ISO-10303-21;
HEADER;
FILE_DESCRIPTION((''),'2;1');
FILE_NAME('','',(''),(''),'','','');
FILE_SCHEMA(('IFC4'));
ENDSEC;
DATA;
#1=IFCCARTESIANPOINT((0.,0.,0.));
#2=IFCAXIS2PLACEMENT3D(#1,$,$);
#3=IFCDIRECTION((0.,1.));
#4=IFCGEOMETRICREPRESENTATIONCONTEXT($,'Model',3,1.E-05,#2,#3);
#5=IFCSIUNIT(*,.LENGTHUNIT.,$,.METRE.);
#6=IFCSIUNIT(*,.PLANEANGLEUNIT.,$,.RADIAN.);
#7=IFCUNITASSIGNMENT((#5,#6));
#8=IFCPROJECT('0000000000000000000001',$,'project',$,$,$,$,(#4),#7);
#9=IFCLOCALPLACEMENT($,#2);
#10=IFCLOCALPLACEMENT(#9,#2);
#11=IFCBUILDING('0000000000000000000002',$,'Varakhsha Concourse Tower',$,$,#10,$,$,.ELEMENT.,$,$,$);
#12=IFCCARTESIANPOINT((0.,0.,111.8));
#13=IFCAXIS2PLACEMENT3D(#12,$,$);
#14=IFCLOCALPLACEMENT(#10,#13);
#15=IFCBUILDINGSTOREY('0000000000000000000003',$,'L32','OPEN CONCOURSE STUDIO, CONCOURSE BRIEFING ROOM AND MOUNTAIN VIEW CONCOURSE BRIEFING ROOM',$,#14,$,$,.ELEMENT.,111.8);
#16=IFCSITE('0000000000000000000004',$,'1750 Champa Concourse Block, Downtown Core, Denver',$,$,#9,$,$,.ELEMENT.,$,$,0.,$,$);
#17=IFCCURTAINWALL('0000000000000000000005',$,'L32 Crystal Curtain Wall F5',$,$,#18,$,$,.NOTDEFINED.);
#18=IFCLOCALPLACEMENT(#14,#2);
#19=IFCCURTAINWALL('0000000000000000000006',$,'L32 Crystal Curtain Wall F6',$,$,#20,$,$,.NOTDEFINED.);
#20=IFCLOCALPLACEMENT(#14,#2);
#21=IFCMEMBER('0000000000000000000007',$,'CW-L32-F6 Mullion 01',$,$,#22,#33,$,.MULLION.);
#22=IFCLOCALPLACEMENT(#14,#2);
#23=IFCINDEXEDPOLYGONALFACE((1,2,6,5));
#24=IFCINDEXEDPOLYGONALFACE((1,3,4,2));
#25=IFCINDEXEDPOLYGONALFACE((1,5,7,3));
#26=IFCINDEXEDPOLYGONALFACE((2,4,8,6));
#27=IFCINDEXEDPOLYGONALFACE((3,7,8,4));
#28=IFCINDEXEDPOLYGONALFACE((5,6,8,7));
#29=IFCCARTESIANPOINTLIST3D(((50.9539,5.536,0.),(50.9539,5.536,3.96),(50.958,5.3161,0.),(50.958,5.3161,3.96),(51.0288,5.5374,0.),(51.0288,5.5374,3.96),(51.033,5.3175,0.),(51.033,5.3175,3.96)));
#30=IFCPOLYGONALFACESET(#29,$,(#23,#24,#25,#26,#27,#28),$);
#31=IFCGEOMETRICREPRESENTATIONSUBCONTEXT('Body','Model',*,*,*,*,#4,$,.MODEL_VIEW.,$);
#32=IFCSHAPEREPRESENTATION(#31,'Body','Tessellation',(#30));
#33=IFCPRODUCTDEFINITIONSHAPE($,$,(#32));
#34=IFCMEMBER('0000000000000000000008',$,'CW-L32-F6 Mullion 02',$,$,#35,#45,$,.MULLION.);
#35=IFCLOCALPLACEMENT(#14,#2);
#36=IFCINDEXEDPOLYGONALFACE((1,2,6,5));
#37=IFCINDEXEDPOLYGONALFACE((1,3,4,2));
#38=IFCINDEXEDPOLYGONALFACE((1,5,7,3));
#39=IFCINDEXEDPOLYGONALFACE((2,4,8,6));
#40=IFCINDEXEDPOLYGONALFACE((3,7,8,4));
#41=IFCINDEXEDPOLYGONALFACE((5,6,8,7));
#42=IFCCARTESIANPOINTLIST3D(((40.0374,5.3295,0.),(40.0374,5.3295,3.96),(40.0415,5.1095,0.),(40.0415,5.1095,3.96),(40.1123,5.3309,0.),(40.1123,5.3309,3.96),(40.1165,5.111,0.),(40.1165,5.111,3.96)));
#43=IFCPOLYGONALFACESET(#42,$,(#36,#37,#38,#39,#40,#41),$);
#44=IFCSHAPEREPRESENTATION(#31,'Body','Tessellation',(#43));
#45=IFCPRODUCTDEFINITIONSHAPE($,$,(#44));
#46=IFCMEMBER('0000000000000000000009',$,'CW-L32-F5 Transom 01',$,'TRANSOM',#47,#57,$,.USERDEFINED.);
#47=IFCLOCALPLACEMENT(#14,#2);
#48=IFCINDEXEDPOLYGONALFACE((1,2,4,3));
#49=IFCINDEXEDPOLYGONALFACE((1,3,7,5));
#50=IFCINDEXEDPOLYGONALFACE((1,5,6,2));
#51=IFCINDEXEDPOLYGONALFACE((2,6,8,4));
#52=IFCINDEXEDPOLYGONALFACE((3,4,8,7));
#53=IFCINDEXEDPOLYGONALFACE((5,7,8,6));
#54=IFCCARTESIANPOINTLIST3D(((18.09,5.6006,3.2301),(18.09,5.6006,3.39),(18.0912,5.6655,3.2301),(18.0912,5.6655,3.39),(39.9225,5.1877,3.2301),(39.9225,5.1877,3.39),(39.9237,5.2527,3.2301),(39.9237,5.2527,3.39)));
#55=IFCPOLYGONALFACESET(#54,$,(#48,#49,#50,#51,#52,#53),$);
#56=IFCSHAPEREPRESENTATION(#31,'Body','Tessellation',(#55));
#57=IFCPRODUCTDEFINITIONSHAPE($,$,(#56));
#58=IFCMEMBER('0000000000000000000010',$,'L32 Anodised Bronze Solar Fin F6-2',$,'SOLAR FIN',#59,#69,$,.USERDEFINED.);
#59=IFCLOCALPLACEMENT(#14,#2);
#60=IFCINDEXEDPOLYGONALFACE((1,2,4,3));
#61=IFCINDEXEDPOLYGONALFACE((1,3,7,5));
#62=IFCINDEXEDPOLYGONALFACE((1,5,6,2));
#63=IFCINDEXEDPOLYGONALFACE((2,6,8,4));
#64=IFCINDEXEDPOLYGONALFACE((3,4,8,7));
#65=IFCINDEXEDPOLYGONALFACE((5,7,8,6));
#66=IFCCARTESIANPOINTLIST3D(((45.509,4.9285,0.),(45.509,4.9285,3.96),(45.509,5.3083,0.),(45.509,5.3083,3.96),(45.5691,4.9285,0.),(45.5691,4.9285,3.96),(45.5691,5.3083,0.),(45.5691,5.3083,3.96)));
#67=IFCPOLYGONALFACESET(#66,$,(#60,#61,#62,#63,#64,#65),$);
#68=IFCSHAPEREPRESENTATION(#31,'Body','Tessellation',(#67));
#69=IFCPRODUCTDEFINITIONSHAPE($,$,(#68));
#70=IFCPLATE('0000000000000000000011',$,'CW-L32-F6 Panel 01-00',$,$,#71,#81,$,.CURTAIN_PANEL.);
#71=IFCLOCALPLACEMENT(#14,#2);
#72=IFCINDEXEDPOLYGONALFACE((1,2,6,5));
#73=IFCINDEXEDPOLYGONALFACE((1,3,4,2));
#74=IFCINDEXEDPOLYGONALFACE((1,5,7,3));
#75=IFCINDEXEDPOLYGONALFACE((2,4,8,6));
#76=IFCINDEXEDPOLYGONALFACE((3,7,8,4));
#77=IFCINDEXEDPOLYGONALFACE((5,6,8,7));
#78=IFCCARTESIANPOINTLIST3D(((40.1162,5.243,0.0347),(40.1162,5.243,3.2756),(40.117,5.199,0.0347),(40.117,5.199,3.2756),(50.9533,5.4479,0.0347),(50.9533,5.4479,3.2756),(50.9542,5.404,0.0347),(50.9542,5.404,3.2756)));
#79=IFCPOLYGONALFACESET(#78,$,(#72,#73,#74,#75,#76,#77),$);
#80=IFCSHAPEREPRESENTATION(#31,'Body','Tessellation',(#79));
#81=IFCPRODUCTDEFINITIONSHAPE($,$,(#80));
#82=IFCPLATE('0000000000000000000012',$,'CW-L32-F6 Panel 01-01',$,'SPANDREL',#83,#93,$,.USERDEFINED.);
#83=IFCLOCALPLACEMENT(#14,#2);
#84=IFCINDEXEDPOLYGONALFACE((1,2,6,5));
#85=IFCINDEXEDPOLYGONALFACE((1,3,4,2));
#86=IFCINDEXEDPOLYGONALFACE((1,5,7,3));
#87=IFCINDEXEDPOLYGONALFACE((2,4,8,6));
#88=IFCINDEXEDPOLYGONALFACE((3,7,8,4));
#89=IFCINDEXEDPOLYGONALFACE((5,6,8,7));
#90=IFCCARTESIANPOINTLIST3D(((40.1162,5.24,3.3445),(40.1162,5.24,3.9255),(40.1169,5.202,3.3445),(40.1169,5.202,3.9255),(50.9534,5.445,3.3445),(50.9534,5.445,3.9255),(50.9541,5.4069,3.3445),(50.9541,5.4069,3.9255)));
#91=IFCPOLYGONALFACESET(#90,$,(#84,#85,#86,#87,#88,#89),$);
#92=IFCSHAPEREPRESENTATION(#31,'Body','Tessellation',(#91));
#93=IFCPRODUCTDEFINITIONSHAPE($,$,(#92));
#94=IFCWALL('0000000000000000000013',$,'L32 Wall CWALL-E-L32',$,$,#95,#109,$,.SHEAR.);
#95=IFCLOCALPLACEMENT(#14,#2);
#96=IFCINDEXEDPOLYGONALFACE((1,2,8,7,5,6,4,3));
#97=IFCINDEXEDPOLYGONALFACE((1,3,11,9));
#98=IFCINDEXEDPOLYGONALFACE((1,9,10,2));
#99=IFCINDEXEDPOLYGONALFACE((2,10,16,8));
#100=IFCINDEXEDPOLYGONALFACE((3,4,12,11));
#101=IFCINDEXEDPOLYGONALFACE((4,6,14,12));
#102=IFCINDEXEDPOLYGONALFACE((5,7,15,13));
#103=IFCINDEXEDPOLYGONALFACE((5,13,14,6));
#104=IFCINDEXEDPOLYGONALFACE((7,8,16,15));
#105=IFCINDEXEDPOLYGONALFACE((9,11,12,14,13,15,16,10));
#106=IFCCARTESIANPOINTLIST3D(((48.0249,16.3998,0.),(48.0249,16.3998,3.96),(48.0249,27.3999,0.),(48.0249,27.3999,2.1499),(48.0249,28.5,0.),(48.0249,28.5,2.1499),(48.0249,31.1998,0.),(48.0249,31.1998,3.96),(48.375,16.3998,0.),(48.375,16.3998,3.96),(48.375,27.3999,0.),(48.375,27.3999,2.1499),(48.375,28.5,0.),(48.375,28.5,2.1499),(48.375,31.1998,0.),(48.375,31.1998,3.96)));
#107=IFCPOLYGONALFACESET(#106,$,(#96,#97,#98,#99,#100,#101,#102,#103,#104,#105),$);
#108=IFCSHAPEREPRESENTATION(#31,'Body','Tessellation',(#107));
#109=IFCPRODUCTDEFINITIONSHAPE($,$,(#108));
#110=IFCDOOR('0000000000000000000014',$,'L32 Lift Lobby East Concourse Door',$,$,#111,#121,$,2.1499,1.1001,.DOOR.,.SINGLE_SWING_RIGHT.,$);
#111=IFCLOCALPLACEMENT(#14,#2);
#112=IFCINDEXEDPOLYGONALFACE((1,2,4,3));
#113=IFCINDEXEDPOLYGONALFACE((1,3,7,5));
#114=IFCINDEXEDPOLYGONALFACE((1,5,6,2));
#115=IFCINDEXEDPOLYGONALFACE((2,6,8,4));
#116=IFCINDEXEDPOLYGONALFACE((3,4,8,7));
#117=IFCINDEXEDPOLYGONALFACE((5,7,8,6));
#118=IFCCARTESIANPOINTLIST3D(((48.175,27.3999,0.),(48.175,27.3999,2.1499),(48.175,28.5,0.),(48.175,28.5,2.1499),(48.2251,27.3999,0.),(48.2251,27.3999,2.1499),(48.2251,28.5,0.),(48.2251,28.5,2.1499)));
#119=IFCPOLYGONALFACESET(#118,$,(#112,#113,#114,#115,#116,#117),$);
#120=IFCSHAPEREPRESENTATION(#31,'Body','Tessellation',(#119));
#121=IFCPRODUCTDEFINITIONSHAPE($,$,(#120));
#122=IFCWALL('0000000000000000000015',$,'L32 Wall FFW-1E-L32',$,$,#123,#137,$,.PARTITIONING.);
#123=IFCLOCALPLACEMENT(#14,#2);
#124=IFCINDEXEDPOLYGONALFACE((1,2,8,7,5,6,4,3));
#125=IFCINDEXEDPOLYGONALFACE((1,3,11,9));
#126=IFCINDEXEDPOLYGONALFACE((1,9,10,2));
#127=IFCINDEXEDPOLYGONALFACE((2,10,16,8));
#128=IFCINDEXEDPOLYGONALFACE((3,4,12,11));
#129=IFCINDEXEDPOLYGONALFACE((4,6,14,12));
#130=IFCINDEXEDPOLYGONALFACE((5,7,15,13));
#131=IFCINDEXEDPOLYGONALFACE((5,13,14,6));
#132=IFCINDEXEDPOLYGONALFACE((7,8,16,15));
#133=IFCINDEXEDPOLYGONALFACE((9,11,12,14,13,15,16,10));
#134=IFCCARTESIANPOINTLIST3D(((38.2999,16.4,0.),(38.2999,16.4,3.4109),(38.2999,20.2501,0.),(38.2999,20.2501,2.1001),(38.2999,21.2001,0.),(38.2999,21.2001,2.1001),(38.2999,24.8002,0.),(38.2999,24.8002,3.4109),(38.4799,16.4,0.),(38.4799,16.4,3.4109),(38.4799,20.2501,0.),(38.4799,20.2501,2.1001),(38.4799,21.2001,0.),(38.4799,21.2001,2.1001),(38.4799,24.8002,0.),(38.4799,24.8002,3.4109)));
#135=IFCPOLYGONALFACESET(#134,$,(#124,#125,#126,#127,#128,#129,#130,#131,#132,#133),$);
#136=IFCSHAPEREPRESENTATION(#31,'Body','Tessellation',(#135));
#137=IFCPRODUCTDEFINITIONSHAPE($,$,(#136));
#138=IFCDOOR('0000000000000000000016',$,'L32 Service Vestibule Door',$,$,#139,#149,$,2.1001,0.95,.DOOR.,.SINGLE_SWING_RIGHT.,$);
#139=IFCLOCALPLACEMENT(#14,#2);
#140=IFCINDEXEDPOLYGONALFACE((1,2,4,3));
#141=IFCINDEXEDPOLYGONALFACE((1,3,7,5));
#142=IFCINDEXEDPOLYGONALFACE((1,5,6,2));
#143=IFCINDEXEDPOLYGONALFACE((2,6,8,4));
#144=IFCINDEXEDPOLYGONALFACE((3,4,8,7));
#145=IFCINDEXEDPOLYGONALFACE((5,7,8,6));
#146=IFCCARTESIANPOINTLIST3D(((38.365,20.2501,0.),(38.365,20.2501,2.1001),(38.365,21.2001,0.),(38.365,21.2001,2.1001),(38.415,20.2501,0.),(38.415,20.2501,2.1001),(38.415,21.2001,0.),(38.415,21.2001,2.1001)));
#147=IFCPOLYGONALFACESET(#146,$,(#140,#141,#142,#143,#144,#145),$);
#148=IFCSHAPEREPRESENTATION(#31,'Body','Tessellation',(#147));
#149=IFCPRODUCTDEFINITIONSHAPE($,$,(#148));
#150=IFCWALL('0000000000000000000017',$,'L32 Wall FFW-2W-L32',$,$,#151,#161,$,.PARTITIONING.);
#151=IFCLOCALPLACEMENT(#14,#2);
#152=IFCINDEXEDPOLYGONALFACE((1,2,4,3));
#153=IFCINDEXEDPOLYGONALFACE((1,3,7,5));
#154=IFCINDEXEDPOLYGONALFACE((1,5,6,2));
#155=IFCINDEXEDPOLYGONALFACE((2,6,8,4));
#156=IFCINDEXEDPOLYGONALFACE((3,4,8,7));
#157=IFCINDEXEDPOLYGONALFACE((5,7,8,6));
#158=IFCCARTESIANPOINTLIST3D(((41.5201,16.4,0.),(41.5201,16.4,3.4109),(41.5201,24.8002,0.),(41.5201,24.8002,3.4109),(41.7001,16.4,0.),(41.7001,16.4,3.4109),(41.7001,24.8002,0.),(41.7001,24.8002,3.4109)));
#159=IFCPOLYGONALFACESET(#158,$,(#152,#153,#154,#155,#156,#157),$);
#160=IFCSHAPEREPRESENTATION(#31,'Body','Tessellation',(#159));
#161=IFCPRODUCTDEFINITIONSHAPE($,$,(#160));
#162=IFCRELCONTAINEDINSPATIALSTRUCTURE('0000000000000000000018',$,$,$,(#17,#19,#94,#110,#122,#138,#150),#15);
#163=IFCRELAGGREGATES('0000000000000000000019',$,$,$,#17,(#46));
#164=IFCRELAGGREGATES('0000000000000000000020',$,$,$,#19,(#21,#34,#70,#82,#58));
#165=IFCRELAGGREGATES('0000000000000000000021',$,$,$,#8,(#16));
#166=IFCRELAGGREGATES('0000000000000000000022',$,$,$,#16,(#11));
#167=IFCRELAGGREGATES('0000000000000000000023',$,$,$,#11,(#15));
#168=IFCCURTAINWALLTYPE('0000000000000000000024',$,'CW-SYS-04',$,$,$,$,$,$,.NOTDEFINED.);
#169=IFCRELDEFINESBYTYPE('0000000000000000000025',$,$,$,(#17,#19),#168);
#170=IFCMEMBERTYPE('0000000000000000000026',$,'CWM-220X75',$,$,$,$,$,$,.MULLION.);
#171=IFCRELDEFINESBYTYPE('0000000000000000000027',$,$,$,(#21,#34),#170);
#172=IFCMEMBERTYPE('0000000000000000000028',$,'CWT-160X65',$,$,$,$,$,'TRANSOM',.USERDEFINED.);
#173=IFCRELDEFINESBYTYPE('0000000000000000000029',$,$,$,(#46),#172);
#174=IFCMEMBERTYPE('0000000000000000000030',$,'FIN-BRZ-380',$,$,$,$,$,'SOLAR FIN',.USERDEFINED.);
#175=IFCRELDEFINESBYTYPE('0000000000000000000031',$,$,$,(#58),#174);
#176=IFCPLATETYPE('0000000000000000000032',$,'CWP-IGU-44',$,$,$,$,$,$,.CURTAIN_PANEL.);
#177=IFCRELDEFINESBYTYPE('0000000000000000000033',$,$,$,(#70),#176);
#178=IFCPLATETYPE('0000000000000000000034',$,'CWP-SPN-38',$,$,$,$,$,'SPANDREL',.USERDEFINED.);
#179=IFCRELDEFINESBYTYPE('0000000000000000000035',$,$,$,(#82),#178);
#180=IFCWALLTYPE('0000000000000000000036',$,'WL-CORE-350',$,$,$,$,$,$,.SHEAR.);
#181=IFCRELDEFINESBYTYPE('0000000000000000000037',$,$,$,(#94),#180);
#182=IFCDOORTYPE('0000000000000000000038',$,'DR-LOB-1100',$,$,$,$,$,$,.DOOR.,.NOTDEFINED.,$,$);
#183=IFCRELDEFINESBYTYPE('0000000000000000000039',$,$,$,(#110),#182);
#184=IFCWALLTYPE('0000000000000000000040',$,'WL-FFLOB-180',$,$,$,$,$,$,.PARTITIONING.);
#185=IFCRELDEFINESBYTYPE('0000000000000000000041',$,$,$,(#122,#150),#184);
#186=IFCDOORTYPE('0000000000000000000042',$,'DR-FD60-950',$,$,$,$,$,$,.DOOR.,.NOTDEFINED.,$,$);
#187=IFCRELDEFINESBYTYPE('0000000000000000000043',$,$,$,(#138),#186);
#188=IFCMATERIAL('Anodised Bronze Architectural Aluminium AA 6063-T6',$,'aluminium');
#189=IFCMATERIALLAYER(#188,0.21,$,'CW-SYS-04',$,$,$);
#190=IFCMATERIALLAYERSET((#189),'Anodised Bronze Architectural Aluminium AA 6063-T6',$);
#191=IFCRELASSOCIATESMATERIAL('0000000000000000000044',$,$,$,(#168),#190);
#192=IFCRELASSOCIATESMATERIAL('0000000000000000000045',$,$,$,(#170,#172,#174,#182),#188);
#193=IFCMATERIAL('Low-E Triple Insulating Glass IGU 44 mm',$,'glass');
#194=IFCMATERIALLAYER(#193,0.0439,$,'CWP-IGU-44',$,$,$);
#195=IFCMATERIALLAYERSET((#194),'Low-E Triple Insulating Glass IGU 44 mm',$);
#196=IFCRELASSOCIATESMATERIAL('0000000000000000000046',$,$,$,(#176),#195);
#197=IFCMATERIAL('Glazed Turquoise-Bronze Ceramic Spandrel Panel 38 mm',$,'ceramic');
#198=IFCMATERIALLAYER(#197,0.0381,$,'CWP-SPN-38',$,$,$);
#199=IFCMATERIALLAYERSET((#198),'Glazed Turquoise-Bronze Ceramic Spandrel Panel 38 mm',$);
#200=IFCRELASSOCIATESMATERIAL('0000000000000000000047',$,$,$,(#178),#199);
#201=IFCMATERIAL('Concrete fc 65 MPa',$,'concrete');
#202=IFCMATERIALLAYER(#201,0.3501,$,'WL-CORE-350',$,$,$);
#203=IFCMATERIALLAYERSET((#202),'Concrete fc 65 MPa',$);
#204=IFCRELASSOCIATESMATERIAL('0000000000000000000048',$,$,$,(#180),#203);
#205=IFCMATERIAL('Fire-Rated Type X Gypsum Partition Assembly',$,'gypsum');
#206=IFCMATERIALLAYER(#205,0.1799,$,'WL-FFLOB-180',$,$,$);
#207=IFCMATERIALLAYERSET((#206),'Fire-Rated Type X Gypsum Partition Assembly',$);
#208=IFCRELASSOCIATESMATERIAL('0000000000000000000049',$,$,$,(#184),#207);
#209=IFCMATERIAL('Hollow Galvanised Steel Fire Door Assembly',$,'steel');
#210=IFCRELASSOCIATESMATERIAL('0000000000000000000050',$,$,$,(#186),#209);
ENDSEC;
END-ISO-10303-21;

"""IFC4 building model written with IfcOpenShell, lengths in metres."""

from ifc_helpers import new_model, si_unit, direction, frame, frame_2d, origin, origin_2d, place, context, subcontext, project, spatial, rectangle, extrude, source, transform, mapped, material, layer, layer_set, material_profile, profile_set, type_object, type_shapes, element, fill, aggregate, save


model = new_model("IFC4")

# Units and contexts
model_context = context("Model", 3, precision=1e-05, world=origin(), true_north=direction((0.0, 1.0)))
body_context = subcontext(model_context, "Body", "Model", "MODEL_VIEW")
ifc_project = project(units=[si_unit("LENGTHUNIT", "METRE"), si_unit("PLANEANGLEUNIT", "RADIAN")], contexts=[model_context])

# Site, building, storey
site_placement = place(None, origin())
site = spatial("IfcSite", under=ifc_project, at=site_placement, Name="1750 Champa Concourse Block, Downtown Core, Denver", CompositionType="ELEMENT", RefElevation=0.0)
building_placement = place(site_placement, origin())
building = spatial("IfcBuilding", under=site, at=building_placement, Name="Varakhsha Concourse Tower", CompositionType="ELEMENT")
storey_placement = place(building_placement, frame((0.0, 0.0, 111.8)))
storey = spatial("IfcBuildingStorey", under=building, at=storey_placement, Name="L32", Description="OPEN CONCOURSE STUDIO, CONCOURSE BRIEFING ROOM AND MOUNTAIN VIEW CONCOURSE BRIEFING ROOM", CompositionType="ELEMENT", Elevation=111.8)

# Shared definitions
ifc_material_1 = material(Name="Concrete fc 65 MPa", Category="concrete")

# Curtain wall
ifc_material_2 = material(Name="Anodised Bronze Architectural Aluminium AA 6063-T6", Category="aluminium")
ifc_layer_1 = layer(ifc_material_2, 0.21, Name="CW-SYS-04")
ifc_layer_set_1 = layer_set([ifc_layer_1], Name="Anodised Bronze Architectural Aluminium AA 6063-T6")
curtain_wall_type = type_object("IfcCurtainWallType", Name="CW-SYS-04", PredefinedType="NOTDEFINED", material=ifc_layer_set_1)
curtain_wall_1_placement = place(storey_placement, origin())
curtain_wall_1 = element("IfcCurtainWall", 1, at=curtain_wall_1_placement, inside=storey, type_object=curtain_wall_type, Name="L32 Crystal Curtain Wall F5", PredefinedType="NOTDEFINED")
ifc_material_profile_1 = material_profile(ifc_material_2, rectangle(XDim=0.075, YDim=0.22, at=origin_2d()), Name="CWM-220X75")
ifc_profile_set_1 = profile_set([ifc_material_profile_1], Name="Anodised Bronze Architectural Aluminium AA 6063-T6")
member_type_1 = type_object("IfcMemberType", Name="CWM-220X75", PredefinedType="MULLION", material=ifc_profile_set_1)
shared_shape_1 = source(origin(), body_context, "Body", "SweptSolid", [
    extrude(rectangle(XDim=0.075, YDim=0.22, at=origin_2d()), origin(), (0.0, 0.0, 1.0), 3.96),
])
type_shapes(member_type_1, [shared_shape_1])

# Curtain wall, members
curtain_wall_2_placement = place(storey_placement, origin())
curtain_wall_2 = element("IfcCurtainWall", 2, at=curtain_wall_2_placement, inside=storey, type_object=curtain_wall_type, Name="L32 Crystal Curtain Wall F6", PredefinedType="NOTDEFINED")
member_1_placement = place(storey_placement, frame((50.9934, 5.4268, 0.0), z_axis=(0.0, 0.0, 1.0), x_axis=(-0.999821, -0.01891, 0.0)))
member_1 = element("IfcMember", 3, at=member_1_placement, type_object=member_type_1, Name="CW-L32-F6 Mullion 01", PredefinedType="MULLION", context=body_context, shape_type="MappedRepresentation", body=[
    mapped(shared_shape_1, transform((0.0, 0.0, 0.0), scale=1.0)),
])
member_2_placement = place(storey_placement, frame((40.0769, 5.2202, 0.0), z_axis=(0.0, 0.0, 1.0), x_axis=(-0.999821, -0.01891, 0.0)))
member_2 = element("IfcMember", 4, at=member_2_placement, type_object=member_type_1, Name="CW-L32-F6 Mullion 02", PredefinedType="MULLION", context=body_context, shape_type="MappedRepresentation", body=[
    mapped(shared_shape_1, transform((0.0, 0.0, 0.0), scale=1.0)),
])

# Members
ifc_material_profile_2 = material_profile(ifc_material_2, rectangle(XDim=0.0649, YDim=0.1599, at=origin_2d()), Name="CWT-160X65")
ifc_profile_set_2 = profile_set([ifc_material_profile_2], Name="Anodised Bronze Architectural Aluminium AA 6063-T6")
member_type_2 = type_object("IfcMemberType", Name="CWT-160X65", ElementType="TRANSOM", PredefinedType="USERDEFINED", material=ifc_profile_set_2)
shared_shape_2 = source(origin(), body_context, "Body", "SweptSolid", [
    extrude(rectangle(XDim=0.0649, YDim=0.1599, at=origin_2d()), origin(), (0.0, 0.0, 1.0), 21.8364),
])
type_shapes(member_type_2, [shared_shape_2])
member_3_placement = place(storey_placement, frame((39.9231, 5.2202, 3.3101), z_axis=(-0.999821, 0.018906, 0.0), x_axis=(-0.018906, -0.999821, 0.0)))
member_3 = element("IfcMember", 5, at=member_3_placement, type_object=member_type_2, Name="CW-L32-F5 Transom 01", ObjectType="TRANSOM", PredefinedType="USERDEFINED", context=body_context, shape_type="MappedRepresentation", body=[
    mapped(shared_shape_2, transform((0.0, 0.0, 0.0), scale=1.0)),
])
aggregate(curtain_wall_1, [member_3])
ifc_material_profile_3 = material_profile(ifc_material_2, rectangle(XDim=0.0601, YDim=0.3799, at=origin_2d()), Name="FIN-BRZ-380")
ifc_profile_set_3 = profile_set([ifc_material_profile_3], Name="Anodised Bronze Architectural Aluminium AA 6063-T6")
member_type_3 = type_object("IfcMemberType", Name="FIN-BRZ-380", ElementType="SOLAR FIN", PredefinedType="USERDEFINED", material=ifc_profile_set_3)
shared_shape_3 = source(origin(), body_context, "Body", "SweptSolid", [
    extrude(rectangle(XDim=0.0601, YDim=0.3799, at=origin_2d()), origin(), (0.0, 0.0, 1.0), 3.96),
])
type_shapes(member_type_3, [shared_shape_3])
member_4_placement = place(storey_placement, frame((45.5391, 5.1184, 0.0), z_axis=(0.0, 0.0, 1.0), x_axis=(1.0, 0.0, 0.0)))
member_4 = element("IfcMember", 6, at=member_4_placement, type_object=member_type_3, Name="L32 Anodised Bronze Solar Fin F6-2", ObjectType="SOLAR FIN", PredefinedType="USERDEFINED", context=body_context, shape_type="MappedRepresentation", body=[
    mapped(shared_shape_3, transform((0.0, 0.0, 0.0), scale=1.0)),
])

# Plates
ifc_material_3 = material(Name="Low-E Triple Insulating Glass IGU 44 mm", Category="glass")
ifc_layer_2 = layer(ifc_material_3, 0.0439, Name="CWP-IGU-44")
ifc_layer_set_2 = layer_set([ifc_layer_2], Name="Low-E Triple Insulating Glass IGU 44 mm")
plate_type_1 = type_object("IfcPlateType", Name="CWP-IGU-44", PredefinedType="CURTAIN_PANEL", material=ifc_layer_set_2)
shared_shape_4 = source(origin(), body_context, "Body", "SweptSolid", [
    extrude(rectangle(XDim=10.8391, YDim=0.0439, at=origin_2d()), origin(), (0.0, 0.0, 1.0), 3.241),
])
type_shapes(plate_type_1, [shared_shape_4])
plate_1_placement = place(storey_placement, frame((45.5352, 5.3235, 0.0347), z_axis=(0.0, 0.0, 1.0), x_axis=(-0.999821, -0.01891, 0.0)))
plate_1 = element("IfcPlate", 7, at=plate_1_placement, type_object=plate_type_1, Name="CW-L32-F6 Panel 01-00", PredefinedType="CURTAIN_PANEL", context=body_context, shape_type="MappedRepresentation", body=[
    mapped(shared_shape_4, transform((0.0, 0.0, 0.0), scale=1.0)),
])
ifc_material_4 = material(Name="Glazed Turquoise-Bronze Ceramic Spandrel Panel 38 mm", Category="ceramic")
ifc_layer_3 = layer(ifc_material_4, 0.0381, Name="CWP-SPN-38")
ifc_layer_set_3 = layer_set([ifc_layer_3], Name="Glazed Turquoise-Bronze Ceramic Spandrel Panel 38 mm")
plate_type_2 = type_object("IfcPlateType", Name="CWP-SPN-38", ElementType="SPANDREL", PredefinedType="USERDEFINED", material=ifc_layer_set_3)
shared_shape_5 = source(origin(), body_context, "Body", "SweptSolid", [
    extrude(rectangle(XDim=10.8391, YDim=0.0381, at=origin_2d()), origin(), (0.0, 0.0, 1.0), 0.5811),
])
type_shapes(plate_type_2, [shared_shape_5])
plate_2_placement = place(storey_placement, frame((45.5352, 5.3235, 3.3445), z_axis=(0.0, 0.0, 1.0), x_axis=(-0.999821, -0.01891, 0.0)))
plate_2 = element("IfcPlate", 8, at=plate_2_placement, type_object=plate_type_2, Name="CW-L32-F6 Panel 01-01", ObjectType="SPANDREL", PredefinedType="USERDEFINED", context=body_context, shape_type="MappedRepresentation", body=[
    mapped(shared_shape_5, transform((0.0, 0.0, 0.0), scale=1.0)),
])
aggregate(curtain_wall_2, [member_1, member_2, plate_1, plate_2, member_4])

# Walls, openings, doors
ifc_layer_4 = layer(ifc_material_1, 0.3501, Name="WL-CORE-350")
ifc_layer_set_4 = layer_set([ifc_layer_4], Name="Concrete fc 65 MPa")
wall_type_1 = type_object("IfcWallType", Name="WL-CORE-350", PredefinedType="SHEAR", material=ifc_layer_set_4)
wall_1_placement = place(storey_placement, frame((48.2, 16.3999, 0.0), z_axis=(0.0, 0.0, 1.0), x_axis=(0.0, 1.0, 0.0)))
wall_1 = element("IfcWall", 9, at=wall_1_placement, inside=storey, type_object=wall_type_1, Name="L32 Wall CWALL-E-L32", PredefinedType="SHEAR", context=body_context, shape_type="SweptSolid", body=[
    extrude(rectangle(XDim=14.8, YDim=0.3501, at=frame_2d((7.3999, 0.0))), origin(), (0.0, 0.0, 1.0), 3.96),
])
opening_1_placement = place(wall_1_placement, frame((11.0, 0.0, 0.0)))
opening_1 = element("IfcOpeningElement", 10, at=opening_1_placement, cuts=wall_1, PredefinedType="OPENING", context=body_context, shape_type="SweptSolid", body=[
    extrude(rectangle(XDim=1.1001, YDim=2.1499, at=frame_2d((0.55, 1.075))), frame((0.0, 0.1851, 0.0), z_axis=(0.0, -1.0, 0.0), x_axis=(1.0, 0.0, 0.0)), (0.0, 0.0, 1.0), 0.3701),
])
door_type_1 = type_object("IfcDoorType", Name="DR-LOB-1100", OperationType="NOTDEFINED", PredefinedType="DOOR", material=ifc_material_2)
door_1_placement = place(opening_1_placement, origin())
door_1 = element("IfcDoor", 11, at=door_1_placement, inside=storey, type_object=door_type_1, Name="L32 Lift Lobby East Concourse Door", OperationType="SINGLE_SWING_RIGHT", OverallHeight=2.1499, OverallWidth=1.1001, PredefinedType="DOOR", context=body_context, shape_type="SweptSolid", body=[
    extrude(rectangle(XDim=1.1001, YDim=2.1499, at=frame_2d((0.55, 1.075))), frame((0.0, 0.0249, 0.0), z_axis=(0.0, -1.0, 0.0), x_axis=(1.0, 0.0, 0.0)), (0.0, 0.0, 1.0), 0.05),
])
fill(opening_1, door_1)
ifc_material_5 = material(Name="Fire-Rated Type X Gypsum Partition Assembly", Category="gypsum")
ifc_layer_5 = layer(ifc_material_5, 0.1799, Name="WL-FFLOB-180")
ifc_layer_set_5 = layer_set([ifc_layer_5], Name="Fire-Rated Type X Gypsum Partition Assembly")
wall_type_2 = type_object("IfcWallType", Name="WL-FFLOB-180", PredefinedType="PARTITIONING", material=ifc_layer_set_5)
wall_2_placement = place(storey_placement, frame((38.3899, 16.3999, 0.0), z_axis=(0.0, 0.0, 1.0), x_axis=(0.0, 1.0, 0.0)))
wall_2 = element("IfcWall", 12, at=wall_2_placement, inside=storey, type_object=wall_type_2, Name="L32 Wall FFW-1E-L32", PredefinedType="PARTITIONING", context=body_context, shape_type="SweptSolid", body=[
    extrude(rectangle(XDim=8.4001, YDim=0.1799, at=frame_2d((4.2002, 0.0))), origin(), (0.0, 0.0, 1.0), 3.4109),
])
opening_2_placement = place(wall_2_placement, frame((3.8501, 0.0, 0.0)))
opening_2 = element("IfcOpeningElement", 13, at=opening_2_placement, cuts=wall_2, PredefinedType="OPENING", context=body_context, shape_type="SweptSolid", body=[
    extrude(rectangle(XDim=0.95, YDim=2.1001, at=frame_2d((0.4751, 1.05))), frame((0.0, 0.0999, 0.0), z_axis=(0.0, -1.0, 0.0), x_axis=(1.0, 0.0, 0.0)), (0.0, 0.0, 1.0), 0.2),
])
ifc_material_6 = material(Name="Hollow Galvanised Steel Fire Door Assembly", Category="steel")
door_type_2 = type_object("IfcDoorType", Name="DR-FD60-950", OperationType="NOTDEFINED", PredefinedType="DOOR", material=ifc_material_6)
door_2_placement = place(opening_2_placement, origin())
door_2 = element("IfcDoor", 14, at=door_2_placement, inside=storey, type_object=door_type_2, Name="L32 Service Vestibule Door", OperationType="SINGLE_SWING_RIGHT", OverallHeight=2.1001, OverallWidth=0.95, PredefinedType="DOOR", context=body_context, shape_type="SweptSolid", body=[
    extrude(rectangle(XDim=0.95, YDim=2.1001, at=frame_2d((0.4751, 1.05))), frame((0.0, 0.0249, 0.0), z_axis=(0.0, -1.0, 0.0), x_axis=(1.0, 0.0, 0.0)), (0.0, 0.0, 1.0), 0.05),
])
fill(opening_2, door_2)

# Wall
wall_3_placement = place(storey_placement, frame((41.6101, 16.3999, 0.0), z_axis=(0.0, 0.0, 1.0), x_axis=(0.0, 1.0, 0.0)))
element("IfcWall", 15, at=wall_3_placement, inside=storey, type_object=wall_type_2, Name="L32 Wall FFW-2W-L32", PredefinedType="PARTITIONING", context=body_context, shape_type="SweptSolid", body=[
    extrude(rectangle(XDim=8.4001, YDim=0.1799, at=frame_2d((4.2002, 0.0))), origin(), (0.0, 0.0, 1.0), 3.4109),
])

save(model, "model.ifc")
